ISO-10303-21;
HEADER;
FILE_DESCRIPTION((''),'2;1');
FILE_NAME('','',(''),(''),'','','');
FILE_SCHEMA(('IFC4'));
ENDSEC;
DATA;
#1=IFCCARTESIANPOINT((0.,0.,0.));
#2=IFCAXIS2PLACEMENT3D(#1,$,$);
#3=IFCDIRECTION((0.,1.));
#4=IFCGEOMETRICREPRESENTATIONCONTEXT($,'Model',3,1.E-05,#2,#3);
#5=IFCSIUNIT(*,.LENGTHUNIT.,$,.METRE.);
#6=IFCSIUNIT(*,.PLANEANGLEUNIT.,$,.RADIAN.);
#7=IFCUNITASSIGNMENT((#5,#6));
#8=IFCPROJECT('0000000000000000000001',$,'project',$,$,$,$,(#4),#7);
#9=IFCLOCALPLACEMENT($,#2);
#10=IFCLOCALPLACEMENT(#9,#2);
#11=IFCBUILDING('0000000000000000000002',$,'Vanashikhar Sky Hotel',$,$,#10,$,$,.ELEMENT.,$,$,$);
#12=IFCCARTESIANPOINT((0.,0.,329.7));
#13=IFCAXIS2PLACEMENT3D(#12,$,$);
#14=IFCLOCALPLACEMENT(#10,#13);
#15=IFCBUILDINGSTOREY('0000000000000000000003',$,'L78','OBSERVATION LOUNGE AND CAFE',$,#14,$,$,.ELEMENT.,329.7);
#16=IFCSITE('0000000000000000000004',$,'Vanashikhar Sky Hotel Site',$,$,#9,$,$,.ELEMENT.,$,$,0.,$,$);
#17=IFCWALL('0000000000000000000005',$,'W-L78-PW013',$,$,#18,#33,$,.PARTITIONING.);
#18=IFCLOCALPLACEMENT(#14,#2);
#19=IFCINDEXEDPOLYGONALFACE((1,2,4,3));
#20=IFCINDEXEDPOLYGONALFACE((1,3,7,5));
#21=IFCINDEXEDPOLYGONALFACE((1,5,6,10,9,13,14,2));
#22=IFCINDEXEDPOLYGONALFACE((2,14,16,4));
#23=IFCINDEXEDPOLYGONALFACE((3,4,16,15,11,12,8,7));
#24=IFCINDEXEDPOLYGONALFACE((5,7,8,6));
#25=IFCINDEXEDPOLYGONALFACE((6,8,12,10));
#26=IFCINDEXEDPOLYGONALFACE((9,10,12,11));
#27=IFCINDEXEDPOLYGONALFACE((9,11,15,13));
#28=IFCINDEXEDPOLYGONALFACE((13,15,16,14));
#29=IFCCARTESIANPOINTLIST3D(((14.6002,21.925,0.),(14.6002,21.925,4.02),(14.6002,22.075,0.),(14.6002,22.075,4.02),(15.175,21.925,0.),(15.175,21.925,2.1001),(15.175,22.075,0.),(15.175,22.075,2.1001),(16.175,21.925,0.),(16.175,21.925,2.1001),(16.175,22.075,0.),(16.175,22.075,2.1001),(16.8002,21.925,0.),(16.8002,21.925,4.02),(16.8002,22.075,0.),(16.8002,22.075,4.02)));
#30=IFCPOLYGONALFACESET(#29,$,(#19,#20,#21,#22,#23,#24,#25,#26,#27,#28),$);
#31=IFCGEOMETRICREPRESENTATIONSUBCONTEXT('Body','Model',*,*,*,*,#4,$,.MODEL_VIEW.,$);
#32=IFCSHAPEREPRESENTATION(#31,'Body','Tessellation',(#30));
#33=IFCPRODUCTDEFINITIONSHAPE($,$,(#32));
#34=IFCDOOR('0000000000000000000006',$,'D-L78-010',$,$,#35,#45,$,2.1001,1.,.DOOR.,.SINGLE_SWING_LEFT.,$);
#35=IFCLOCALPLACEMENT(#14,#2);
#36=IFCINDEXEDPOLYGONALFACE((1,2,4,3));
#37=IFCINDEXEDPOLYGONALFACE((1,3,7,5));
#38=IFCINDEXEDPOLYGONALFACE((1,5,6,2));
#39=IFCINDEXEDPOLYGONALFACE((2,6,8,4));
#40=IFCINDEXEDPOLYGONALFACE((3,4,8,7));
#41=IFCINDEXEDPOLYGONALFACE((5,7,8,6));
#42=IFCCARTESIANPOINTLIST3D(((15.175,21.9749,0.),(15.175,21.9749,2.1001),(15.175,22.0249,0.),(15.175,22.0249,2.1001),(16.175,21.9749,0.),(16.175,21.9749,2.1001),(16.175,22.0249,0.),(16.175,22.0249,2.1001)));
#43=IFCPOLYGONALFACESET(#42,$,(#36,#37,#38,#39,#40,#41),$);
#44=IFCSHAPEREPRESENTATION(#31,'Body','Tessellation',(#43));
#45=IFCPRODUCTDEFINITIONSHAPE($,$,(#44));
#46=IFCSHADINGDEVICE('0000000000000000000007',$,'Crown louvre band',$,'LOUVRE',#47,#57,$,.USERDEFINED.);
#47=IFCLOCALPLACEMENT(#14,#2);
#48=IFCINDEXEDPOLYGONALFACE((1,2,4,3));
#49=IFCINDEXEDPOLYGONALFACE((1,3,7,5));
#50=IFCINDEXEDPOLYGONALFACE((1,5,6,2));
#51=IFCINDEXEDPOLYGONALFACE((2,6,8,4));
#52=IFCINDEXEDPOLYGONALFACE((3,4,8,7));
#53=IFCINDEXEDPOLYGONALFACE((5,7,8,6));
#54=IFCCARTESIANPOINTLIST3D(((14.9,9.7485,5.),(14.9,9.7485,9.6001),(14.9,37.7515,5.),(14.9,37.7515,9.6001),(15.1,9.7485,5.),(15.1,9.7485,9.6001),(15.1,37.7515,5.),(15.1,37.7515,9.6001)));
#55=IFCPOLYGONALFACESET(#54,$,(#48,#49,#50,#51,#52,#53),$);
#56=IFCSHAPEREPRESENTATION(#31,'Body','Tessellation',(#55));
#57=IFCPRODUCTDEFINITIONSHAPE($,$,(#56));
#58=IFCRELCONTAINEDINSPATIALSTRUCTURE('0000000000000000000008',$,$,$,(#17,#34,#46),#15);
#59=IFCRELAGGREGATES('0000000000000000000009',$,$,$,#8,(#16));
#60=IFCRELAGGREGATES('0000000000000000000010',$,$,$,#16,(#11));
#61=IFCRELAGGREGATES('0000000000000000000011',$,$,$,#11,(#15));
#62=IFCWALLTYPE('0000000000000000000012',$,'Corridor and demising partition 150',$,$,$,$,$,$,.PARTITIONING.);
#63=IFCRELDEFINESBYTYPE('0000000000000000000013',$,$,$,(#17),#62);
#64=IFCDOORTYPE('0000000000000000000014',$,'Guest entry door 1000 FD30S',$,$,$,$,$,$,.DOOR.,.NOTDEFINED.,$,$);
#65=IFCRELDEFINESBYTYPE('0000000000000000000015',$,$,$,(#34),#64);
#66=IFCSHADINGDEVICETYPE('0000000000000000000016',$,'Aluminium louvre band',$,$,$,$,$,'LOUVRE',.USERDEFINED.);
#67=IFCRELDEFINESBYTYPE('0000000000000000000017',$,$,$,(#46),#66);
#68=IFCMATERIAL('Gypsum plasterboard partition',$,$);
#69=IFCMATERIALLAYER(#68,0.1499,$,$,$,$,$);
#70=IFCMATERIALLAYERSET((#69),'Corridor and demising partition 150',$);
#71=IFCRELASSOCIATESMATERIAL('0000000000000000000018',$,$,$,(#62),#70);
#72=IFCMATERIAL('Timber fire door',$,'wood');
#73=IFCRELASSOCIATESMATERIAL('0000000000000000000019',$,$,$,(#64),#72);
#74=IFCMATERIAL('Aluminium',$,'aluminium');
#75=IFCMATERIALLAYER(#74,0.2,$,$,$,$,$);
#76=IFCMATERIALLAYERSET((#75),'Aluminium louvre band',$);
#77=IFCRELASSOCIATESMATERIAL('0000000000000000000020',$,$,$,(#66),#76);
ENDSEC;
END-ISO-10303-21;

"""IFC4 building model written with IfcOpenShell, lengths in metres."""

from ifc_helpers import new_model, si_unit, direction, frame, frame_2d, origin, origin_2d, place, context, subcontext, project, spatial, rectangle, extrude, source, transform, mapped, material, layer, layer_set, type_object, element, fill, save


model = new_model("IFC4")

# Units and contexts
model_context = context("Model", 3, precision=1e-05, world=origin(), true_north=direction((0.0, 1.0)))
body_context = subcontext(model_context, "Body", "Model", "MODEL_VIEW")
ifc_project = project(units=[si_unit("LENGTHUNIT", "METRE"), si_unit("PLANEANGLEUNIT", "RADIAN")], contexts=[model_context])

# Site, building, storey
site_placement = place(None, origin())
site = spatial("IfcSite", under=ifc_project, at=site_placement, Name="Vanashikhar Sky Hotel Site", CompositionType="ELEMENT", RefElevation=0.0)
building_placement = place(site_placement, origin())
building = spatial("IfcBuilding", under=site, at=building_placement, Name="Vanashikhar Sky Hotel", CompositionType="ELEMENT")
storey_placement = place(building_placement, frame((0.0, 0.0, 329.7)))
storey = spatial("IfcBuildingStorey", under=building, at=storey_placement, Name="L78", Description="OBSERVATION LOUNGE AND CAFE", CompositionType="ELEMENT", Elevation=329.7)

# Wall, opening, door
ifc_material_1 = material(Name="Gypsum plasterboard partition")
ifc_layer_1 = layer(ifc_material_1, 0.1499)
ifc_layer_set_1 = layer_set([ifc_layer_1], Name="Corridor and demising partition 150")
wall_type_1 = type_object("IfcWallType", Name="Corridor and demising partition 150", PredefinedType="PARTITIONING", material=ifc_layer_set_1)
shared_shape_1 = source(origin(), body_context, "Body", "SweptSolid", [
    extrude(rectangle(XDim=2.2, YDim=0.1499, at=frame_2d((1.1001, 0.0))), origin(), (0.0, 0.0, 1.0), 4.02),
])
wall_1_placement = place(storey_placement, frame((14.6001, 22.0, 0.0), z_axis=(0.0, 0.0, 1.0), x_axis=(1.0, 0.0, 0.0)))
wall_1 = element("IfcWall", 1, at=wall_1_placement, inside=storey, type_object=wall_type_1, Name="W-L78-PW013", PredefinedType="PARTITIONING", context=body_context, shape_type="MappedRepresentation", body=[
    mapped(shared_shape_1, transform((0.0, 0.0, 0.0), scale=1.0)),
])
shared_shape_2 = source(origin(), body_context, "Body", "SweptSolid", [
    extrude(rectangle(XDim=1.0, YDim=2.1001, at=frame_2d((0.5, 1.05))), frame((0.0, 0.085, 0.0), z_axis=(0.0, -1.0, 0.0), x_axis=(1.0, 0.0, 0.0)), (0.0, 0.0, 1.0), 0.1699),
])
opening_placement = place(wall_1_placement, frame((0.575, 0.0, 0.0)))
opening = element("IfcOpeningElement", 2, at=opening_placement, cuts=wall_1, PredefinedType="OPENING", context=body_context, shape_type="MappedRepresentation", body=[
    mapped(shared_shape_2, transform((0.0, 0.0, 0.0), scale=1.0)),
])
ifc_material_2 = material(Name="Timber fire door", Category="wood")
door_type = type_object("IfcDoorType", Name="Guest entry door 1000 FD30S", OperationType="NOTDEFINED", PredefinedType="DOOR", material=ifc_material_2)
shared_shape_3 = source(origin(), body_context, "Body", "SweptSolid", [
    extrude(rectangle(XDim=1.0, YDim=2.1001, at=frame_2d((0.5, 1.05))), frame((0.0, 0.0249, 0.0), z_axis=(0.0, -1.0, 0.0), x_axis=(1.0, 0.0, 0.0)), (0.0, 0.0, 1.0), 0.05),
])
door_placement = place(opening_placement, origin())
door = element("IfcDoor", 3, at=door_placement, inside=storey, type_object=door_type, Name="D-L78-010", OperationType="SINGLE_SWING_LEFT", OverallHeight=2.1001, OverallWidth=1.0, PredefinedType="DOOR", context=body_context, shape_type="MappedRepresentation", body=[
    mapped(shared_shape_3, transform((0.0, 0.0, 0.0), scale=1.0)),
])
fill(opening, door)

# Shading device
ifc_material_3 = material(Name="Aluminium", Category="aluminium")
ifc_layer_2 = layer(ifc_material_3, 0.2)
ifc_layer_set_2 = layer_set([ifc_layer_2], Name="Aluminium louvre band")
shading_device_type = type_object("IfcShadingDeviceType", Name="Aluminium louvre band", ElementType="LOUVRE", PredefinedType="USERDEFINED", material=ifc_layer_set_2)
shared_shape_4 = source(origin(), body_context, "Body", "SweptSolid", [
    extrude(rectangle(XDim=28.0029, YDim=0.2, at=origin_2d()), origin(), (0.0, 0.0, 1.0), 4.6001),
])
shading_device_placement = place(storey_placement, frame((15.0, 23.75, 5.0), z_axis=(0.0, 0.0, 1.0), x_axis=(0.0, 1.0, 0.0)))
element("IfcShadingDevice", 4, at=shading_device_placement, inside=storey, type_object=shading_device_type, Name="Crown louvre band", ObjectType="LOUVRE", PredefinedType="USERDEFINED", context=body_context, shape_type="MappedRepresentation", body=[
    mapped(shared_shape_4, transform((0.0, 0.0, 0.0), scale=1.0)),
])

save(model, "model.ifc")
